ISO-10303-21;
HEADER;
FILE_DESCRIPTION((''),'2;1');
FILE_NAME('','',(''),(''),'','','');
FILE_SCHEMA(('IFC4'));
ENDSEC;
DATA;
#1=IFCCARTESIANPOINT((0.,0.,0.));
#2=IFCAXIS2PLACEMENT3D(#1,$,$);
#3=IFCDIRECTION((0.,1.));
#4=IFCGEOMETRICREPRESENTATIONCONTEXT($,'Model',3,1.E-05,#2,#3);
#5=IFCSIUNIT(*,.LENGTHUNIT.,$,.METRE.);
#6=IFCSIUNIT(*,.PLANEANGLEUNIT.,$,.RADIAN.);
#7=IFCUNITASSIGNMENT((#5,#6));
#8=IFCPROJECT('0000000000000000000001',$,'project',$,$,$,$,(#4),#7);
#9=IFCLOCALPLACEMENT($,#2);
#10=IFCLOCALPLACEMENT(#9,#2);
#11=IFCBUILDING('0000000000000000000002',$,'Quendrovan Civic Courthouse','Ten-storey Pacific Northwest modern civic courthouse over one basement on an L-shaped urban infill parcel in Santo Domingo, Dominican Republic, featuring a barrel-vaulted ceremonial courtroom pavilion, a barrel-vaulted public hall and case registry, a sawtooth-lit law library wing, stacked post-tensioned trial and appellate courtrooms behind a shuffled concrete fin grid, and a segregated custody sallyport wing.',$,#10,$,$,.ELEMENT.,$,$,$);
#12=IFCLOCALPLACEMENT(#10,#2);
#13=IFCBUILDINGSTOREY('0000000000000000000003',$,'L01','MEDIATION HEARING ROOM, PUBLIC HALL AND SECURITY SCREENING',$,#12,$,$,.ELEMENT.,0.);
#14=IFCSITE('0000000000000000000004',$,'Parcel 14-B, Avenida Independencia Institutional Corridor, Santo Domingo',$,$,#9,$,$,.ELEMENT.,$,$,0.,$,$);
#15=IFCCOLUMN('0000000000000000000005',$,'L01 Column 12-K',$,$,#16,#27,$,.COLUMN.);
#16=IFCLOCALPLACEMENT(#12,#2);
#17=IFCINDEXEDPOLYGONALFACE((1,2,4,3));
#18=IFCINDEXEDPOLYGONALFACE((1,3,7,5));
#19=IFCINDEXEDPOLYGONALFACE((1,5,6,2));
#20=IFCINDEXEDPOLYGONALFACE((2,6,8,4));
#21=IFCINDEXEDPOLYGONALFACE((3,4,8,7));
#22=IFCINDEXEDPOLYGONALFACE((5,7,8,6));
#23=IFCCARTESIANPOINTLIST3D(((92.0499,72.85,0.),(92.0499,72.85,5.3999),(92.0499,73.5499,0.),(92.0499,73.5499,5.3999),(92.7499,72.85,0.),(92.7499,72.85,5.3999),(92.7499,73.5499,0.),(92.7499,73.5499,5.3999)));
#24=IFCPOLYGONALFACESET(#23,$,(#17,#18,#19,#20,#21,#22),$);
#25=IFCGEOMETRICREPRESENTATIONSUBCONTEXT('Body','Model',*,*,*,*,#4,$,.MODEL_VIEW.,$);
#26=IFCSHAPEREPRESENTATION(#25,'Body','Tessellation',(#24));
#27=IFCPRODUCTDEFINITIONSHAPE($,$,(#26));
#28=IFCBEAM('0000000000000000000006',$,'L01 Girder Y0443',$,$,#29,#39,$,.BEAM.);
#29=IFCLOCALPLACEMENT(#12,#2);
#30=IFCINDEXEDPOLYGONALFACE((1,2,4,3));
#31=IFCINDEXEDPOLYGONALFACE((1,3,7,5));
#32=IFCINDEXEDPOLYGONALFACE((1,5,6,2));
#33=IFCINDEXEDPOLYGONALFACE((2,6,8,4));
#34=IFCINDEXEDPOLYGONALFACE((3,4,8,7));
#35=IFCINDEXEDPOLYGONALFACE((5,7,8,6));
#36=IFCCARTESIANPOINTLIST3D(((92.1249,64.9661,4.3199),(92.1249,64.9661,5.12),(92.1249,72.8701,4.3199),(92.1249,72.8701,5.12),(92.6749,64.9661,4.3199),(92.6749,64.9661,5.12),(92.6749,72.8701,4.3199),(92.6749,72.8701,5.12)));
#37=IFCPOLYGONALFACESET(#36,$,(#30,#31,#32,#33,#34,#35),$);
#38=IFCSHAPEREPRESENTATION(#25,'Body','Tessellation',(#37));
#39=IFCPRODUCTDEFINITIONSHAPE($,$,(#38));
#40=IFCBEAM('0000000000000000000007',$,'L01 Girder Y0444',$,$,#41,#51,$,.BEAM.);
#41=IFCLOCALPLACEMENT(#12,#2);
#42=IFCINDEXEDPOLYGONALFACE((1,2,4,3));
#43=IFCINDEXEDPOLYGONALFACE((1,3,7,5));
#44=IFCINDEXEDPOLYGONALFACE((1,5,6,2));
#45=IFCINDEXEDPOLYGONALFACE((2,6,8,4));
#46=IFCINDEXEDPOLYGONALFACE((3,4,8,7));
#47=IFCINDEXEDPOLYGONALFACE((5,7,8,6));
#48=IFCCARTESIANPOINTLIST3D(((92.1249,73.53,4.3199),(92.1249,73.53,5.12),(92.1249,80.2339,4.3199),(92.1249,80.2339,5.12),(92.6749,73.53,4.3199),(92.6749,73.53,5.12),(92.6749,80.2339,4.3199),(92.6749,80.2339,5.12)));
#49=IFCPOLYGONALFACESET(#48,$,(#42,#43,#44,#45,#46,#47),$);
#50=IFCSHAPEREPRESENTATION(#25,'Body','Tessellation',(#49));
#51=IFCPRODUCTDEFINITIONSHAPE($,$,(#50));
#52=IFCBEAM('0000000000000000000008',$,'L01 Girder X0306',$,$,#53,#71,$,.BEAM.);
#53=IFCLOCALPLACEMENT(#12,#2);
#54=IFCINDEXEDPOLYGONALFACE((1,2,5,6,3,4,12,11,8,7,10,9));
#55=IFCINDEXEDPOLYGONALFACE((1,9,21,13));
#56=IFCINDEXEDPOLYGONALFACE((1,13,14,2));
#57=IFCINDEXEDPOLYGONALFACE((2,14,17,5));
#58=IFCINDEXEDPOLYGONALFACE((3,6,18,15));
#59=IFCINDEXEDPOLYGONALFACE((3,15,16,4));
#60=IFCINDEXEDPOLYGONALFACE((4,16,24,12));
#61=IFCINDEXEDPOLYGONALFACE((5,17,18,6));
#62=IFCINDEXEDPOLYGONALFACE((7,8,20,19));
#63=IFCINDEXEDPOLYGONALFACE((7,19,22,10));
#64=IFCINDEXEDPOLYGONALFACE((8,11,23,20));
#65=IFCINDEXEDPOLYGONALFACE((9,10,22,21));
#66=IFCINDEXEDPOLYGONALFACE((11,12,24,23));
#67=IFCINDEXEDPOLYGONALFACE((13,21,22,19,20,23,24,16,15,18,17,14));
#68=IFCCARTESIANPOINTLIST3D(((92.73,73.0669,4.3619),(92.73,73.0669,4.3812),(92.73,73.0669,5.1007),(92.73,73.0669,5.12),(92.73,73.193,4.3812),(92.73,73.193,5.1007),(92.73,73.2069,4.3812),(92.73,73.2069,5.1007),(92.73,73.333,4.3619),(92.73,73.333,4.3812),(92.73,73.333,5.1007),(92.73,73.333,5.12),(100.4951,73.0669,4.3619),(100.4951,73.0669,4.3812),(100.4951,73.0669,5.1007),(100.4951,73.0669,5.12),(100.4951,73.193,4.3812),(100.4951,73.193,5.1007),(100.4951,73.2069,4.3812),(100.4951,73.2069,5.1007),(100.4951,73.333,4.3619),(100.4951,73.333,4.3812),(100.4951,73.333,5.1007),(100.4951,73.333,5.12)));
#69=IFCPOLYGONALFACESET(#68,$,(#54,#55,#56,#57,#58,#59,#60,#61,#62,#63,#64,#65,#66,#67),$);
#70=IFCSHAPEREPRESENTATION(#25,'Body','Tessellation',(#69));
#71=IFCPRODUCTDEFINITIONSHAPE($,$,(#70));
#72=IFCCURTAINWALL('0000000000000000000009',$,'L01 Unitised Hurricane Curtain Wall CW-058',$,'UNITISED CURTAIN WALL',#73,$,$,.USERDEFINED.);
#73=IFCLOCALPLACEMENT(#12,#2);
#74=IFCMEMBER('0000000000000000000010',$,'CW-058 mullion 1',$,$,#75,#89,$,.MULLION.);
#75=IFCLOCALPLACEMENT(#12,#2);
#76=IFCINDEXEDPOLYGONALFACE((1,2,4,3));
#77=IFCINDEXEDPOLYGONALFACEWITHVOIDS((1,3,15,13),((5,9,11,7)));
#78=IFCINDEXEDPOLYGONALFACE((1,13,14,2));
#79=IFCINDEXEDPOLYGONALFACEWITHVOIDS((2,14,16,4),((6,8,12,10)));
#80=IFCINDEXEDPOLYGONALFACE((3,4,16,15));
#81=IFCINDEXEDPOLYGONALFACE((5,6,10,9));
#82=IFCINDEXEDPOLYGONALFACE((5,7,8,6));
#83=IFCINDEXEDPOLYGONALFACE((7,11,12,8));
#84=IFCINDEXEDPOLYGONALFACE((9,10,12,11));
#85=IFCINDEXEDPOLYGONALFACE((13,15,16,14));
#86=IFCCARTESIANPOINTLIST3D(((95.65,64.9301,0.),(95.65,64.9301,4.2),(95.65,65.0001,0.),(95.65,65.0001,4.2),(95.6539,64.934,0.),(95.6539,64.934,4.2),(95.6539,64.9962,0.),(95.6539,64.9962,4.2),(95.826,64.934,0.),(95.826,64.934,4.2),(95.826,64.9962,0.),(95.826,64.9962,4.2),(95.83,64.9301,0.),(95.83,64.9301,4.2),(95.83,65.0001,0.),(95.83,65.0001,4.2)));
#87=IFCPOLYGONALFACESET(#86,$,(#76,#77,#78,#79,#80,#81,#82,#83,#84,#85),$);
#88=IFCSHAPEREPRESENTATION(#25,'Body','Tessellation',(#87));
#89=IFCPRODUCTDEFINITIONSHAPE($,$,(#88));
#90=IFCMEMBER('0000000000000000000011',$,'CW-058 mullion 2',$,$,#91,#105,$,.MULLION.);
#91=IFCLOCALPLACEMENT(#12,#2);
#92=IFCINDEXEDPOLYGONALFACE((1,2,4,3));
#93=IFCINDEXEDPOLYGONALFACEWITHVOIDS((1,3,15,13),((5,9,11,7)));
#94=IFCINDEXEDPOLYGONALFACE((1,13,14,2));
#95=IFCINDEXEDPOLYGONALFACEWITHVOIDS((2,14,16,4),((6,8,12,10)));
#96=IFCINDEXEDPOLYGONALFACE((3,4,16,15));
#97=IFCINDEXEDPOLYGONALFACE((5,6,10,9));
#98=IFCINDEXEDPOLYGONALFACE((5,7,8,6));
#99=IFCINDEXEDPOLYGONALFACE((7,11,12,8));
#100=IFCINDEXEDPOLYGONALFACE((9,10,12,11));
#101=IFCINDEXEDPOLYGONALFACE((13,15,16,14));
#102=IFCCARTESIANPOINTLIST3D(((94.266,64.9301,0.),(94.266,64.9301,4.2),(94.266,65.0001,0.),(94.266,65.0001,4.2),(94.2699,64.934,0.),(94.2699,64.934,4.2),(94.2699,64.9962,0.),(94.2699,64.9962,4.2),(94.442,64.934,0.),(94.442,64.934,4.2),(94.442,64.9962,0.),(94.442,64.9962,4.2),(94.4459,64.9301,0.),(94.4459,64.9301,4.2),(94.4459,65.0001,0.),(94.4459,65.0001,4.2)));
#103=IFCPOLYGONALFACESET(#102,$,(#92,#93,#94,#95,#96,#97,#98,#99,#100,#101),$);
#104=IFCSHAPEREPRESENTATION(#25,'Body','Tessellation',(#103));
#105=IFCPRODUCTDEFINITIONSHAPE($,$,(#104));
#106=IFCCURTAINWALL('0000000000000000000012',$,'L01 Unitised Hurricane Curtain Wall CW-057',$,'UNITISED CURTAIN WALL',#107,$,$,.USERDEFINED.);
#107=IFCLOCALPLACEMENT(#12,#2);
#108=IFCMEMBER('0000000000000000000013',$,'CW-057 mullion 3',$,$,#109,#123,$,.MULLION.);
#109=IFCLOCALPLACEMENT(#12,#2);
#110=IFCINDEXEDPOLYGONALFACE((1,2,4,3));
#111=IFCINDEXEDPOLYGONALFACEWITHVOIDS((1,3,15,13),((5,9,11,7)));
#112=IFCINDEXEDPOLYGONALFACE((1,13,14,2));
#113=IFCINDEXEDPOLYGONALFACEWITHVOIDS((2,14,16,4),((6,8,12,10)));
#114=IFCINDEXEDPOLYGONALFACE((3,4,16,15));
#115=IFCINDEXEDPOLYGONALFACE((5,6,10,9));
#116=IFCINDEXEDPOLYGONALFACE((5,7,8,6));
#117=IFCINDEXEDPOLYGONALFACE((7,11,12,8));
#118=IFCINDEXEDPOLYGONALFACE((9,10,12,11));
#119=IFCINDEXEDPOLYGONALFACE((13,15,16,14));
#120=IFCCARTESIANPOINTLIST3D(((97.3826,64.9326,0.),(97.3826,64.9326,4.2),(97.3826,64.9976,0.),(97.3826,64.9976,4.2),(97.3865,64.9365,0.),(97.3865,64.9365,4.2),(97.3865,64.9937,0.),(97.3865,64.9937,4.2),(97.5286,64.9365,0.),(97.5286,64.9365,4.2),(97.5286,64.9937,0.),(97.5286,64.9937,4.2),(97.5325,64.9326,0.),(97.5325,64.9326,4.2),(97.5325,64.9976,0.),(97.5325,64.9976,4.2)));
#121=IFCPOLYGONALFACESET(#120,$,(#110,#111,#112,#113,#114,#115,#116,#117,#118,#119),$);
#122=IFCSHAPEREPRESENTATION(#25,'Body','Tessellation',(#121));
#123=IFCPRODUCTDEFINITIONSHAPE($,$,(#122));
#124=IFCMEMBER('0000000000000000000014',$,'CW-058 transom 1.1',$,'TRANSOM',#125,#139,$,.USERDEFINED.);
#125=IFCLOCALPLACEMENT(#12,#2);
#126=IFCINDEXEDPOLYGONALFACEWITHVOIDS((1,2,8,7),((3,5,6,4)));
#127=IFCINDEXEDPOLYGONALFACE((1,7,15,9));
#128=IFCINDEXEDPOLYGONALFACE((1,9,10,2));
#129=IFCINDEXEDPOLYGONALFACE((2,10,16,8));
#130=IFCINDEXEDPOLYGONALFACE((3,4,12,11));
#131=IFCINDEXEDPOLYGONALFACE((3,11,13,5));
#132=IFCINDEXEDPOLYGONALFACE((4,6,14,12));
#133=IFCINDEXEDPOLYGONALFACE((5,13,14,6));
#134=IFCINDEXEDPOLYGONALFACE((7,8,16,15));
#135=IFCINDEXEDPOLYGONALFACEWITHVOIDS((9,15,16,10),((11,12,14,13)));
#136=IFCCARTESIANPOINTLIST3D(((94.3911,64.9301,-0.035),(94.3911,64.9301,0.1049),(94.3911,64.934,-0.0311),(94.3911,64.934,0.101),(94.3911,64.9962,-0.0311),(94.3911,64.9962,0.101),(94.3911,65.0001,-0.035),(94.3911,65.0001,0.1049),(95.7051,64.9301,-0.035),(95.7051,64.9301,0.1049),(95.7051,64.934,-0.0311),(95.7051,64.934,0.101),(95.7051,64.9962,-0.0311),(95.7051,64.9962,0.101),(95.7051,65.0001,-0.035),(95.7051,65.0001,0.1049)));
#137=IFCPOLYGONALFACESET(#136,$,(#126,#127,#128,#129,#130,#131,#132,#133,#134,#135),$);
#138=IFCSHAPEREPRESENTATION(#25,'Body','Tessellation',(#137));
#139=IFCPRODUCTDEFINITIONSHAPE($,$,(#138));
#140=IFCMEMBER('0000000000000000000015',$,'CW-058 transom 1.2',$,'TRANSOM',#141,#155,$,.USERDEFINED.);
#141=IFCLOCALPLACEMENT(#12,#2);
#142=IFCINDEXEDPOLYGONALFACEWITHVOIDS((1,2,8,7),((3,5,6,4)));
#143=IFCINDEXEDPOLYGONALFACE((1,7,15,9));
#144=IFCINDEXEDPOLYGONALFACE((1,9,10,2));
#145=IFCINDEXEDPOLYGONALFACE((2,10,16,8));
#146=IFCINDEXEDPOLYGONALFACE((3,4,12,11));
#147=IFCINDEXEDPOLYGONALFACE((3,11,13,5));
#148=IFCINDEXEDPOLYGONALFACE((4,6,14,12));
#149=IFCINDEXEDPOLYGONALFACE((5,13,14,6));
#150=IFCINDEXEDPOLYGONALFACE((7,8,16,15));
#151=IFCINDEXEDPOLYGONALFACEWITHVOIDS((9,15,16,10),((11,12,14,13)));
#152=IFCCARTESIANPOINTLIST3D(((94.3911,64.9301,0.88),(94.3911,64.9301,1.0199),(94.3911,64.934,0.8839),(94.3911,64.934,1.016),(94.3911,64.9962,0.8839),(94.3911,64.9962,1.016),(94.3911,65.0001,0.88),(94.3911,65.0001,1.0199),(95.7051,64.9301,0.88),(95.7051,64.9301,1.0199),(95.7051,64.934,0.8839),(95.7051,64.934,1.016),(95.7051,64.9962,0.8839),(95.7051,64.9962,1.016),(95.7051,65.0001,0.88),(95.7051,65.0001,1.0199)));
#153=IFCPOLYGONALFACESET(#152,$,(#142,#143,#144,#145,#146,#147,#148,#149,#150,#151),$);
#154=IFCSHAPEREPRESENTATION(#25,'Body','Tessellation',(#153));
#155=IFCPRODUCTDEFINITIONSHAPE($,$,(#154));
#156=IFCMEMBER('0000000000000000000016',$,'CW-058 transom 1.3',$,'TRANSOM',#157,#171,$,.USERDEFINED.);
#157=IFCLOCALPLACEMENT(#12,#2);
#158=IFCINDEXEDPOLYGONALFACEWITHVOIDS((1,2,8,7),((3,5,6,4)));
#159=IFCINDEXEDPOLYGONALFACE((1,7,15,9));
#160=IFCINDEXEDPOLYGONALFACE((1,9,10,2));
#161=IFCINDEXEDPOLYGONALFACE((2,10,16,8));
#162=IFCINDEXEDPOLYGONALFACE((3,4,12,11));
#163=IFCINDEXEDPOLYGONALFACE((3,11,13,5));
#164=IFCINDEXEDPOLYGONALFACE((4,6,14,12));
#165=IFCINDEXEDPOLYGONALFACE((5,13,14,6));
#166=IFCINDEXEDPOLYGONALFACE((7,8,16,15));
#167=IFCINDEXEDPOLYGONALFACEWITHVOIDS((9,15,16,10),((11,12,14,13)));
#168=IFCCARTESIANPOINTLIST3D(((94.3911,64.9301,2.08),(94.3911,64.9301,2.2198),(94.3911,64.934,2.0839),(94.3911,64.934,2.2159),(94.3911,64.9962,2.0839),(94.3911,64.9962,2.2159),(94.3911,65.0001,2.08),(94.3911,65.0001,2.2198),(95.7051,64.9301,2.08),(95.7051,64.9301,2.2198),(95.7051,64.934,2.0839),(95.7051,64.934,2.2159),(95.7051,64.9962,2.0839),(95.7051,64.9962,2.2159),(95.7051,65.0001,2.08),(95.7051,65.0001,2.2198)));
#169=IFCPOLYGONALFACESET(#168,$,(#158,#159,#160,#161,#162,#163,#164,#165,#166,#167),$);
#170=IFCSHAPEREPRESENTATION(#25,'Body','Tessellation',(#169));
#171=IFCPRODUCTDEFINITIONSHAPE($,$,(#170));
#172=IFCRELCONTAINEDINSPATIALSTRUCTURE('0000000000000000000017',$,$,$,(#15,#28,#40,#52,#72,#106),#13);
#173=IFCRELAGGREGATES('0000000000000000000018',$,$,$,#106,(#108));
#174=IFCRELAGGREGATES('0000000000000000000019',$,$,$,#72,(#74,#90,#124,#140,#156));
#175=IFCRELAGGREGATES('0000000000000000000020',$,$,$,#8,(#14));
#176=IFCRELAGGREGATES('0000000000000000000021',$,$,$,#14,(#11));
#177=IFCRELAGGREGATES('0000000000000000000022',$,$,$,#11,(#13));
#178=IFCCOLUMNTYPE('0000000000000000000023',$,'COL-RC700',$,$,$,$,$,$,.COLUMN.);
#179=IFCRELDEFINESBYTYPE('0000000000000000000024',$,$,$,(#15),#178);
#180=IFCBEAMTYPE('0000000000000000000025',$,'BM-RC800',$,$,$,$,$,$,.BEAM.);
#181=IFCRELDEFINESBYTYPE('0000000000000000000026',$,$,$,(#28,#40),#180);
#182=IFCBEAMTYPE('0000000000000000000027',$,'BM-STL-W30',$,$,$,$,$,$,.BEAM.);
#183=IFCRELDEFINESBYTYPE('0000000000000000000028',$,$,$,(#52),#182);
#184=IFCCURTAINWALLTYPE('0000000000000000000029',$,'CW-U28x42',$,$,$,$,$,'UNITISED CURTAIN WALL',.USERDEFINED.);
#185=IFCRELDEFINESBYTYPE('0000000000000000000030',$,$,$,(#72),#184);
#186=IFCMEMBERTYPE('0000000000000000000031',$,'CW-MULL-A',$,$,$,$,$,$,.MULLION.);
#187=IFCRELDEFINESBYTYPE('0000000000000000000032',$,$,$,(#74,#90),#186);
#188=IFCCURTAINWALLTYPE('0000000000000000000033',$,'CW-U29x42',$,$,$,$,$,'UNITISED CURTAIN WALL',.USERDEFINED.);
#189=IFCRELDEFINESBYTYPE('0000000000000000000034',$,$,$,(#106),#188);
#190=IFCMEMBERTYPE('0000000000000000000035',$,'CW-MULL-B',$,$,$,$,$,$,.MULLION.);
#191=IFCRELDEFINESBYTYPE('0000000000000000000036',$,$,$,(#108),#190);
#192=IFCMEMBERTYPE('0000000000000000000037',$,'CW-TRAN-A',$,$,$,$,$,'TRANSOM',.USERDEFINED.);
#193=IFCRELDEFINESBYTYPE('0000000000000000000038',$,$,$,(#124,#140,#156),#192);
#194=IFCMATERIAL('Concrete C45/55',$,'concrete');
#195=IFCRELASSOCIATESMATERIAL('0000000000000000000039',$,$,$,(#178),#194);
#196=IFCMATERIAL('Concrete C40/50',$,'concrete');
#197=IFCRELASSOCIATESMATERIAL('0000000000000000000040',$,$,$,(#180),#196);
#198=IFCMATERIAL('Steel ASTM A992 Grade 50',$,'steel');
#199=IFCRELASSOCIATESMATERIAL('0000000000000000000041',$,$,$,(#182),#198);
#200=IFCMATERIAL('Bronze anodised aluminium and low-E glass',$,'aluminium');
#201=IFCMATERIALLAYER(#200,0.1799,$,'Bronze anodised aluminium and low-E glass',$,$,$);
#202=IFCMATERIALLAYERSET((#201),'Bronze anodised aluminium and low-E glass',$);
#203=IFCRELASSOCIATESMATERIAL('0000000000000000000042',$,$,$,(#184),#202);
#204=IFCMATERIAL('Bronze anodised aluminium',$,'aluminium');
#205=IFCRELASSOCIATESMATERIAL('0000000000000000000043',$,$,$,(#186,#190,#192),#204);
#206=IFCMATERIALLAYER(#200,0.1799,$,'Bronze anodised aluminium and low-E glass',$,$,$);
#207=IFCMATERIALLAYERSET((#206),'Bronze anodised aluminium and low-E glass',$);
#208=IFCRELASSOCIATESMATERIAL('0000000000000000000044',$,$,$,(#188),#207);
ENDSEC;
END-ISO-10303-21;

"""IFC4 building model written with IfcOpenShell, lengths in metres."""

from ifc_helpers import new_model, si_unit, direction, frame, origin, origin_2d, place, context, subcontext, project, spatial, rectangle, hollow_rectangle, i_section, extrude, material, layer, layer_set, material_profile, profile_set, type_object, element, aggregate, save


model = new_model("IFC4")

# Units and contexts
model_context = context("Model", 3, precision=1e-05, world=origin(), true_north=direction((0.0, 1.0)))
body_context = subcontext(model_context, "Body", "Model", "MODEL_VIEW")
ifc_project = project(units=[si_unit("LENGTHUNIT", "METRE"), si_unit("PLANEANGLEUNIT", "RADIAN")], contexts=[model_context])

# Site, building, storey
site_placement = place(None, origin())
site = spatial("IfcSite", under=ifc_project, at=site_placement, Name="Parcel 14-B, Avenida Independencia Institutional Corridor, Santo Domingo", CompositionType="ELEMENT", RefElevation=0.0)
building_placement = place(site_placement, origin())
building = spatial("IfcBuilding", under=site, at=building_placement, Name="Quendrovan Civic Courthouse", Description="Ten-storey Pacific Northwest modern civic courthouse over one basement on an L-shaped urban infill parcel in Santo Domingo, Dominican Republic, featuring a barrel-vaulted ceremonial courtroom pavilion, a barrel-vaulted public hall and case registry, a sawtooth-lit law library wing, stacked post-tensioned trial and appellate courtrooms behind a shuffled concrete fin grid, and a segregated custody sallyport wing.", CompositionType="ELEMENT")
storey_placement = place(building_placement, origin())
storey = spatial("IfcBuildingStorey", under=building, at=storey_placement, Name="L01", Description="MEDIATION HEARING ROOM, PUBLIC HALL AND SECURITY SCREENING", CompositionType="ELEMENT", Elevation=0.0)

# Column
ifc_material_1 = material(Name="Concrete C45/55", Category="concrete")
ifc_material_profile_1 = material_profile(ifc_material_1, rectangle(XDim=0.7, YDim=0.7, at=origin_2d()), Name="RC-COL-700x700")
ifc_profile_set_1 = profile_set([ifc_material_profile_1], Name="Concrete C45/55")
column_type = type_object("IfcColumnType", Name="COL-RC700", PredefinedType="COLUMN", material=ifc_profile_set_1)
column_placement = place(storey_placement, frame((92.3999, 73.2, 0.0), z_axis=(0.0, 0.0, 1.0), x_axis=(1.0, 0.0, 0.0)))
element("IfcColumn", 1, at=column_placement, inside=storey, type_object=column_type, Name="L01 Column 12-K", PredefinedType="COLUMN", context=body_context, shape_type="SweptSolid", body=[
    extrude(rectangle(XDim=0.7, YDim=0.7, at=origin_2d()), origin(), (0.0, 0.0, 1.0), 5.3999),
])

# Beams
ifc_material_2 = material(Name="Concrete C40/50", Category="concrete")
ifc_material_profile_2 = material_profile(ifc_material_2, rectangle(XDim=0.55, YDim=0.8, at=origin_2d()), Name="RC-BM-550x800")
ifc_profile_set_2 = profile_set([ifc_material_profile_2], Name="Concrete C40/50")
beam_type_1 = type_object("IfcBeamType", Name="BM-RC800", PredefinedType="BEAM", material=ifc_profile_set_2)
beam_1_placement = place(storey_placement, frame((92.3999, 64.9661, 4.72), z_axis=(0.0, 1.0, 0.0), x_axis=(-1.0, 0.0, 0.0)))
element("IfcBeam", 2, at=beam_1_placement, inside=storey, type_object=beam_type_1, Name="L01 Girder Y0443", PredefinedType="BEAM", context=body_context, shape_type="SweptSolid", body=[
    extrude(rectangle(XDim=0.55, YDim=0.8, at=origin_2d()), origin(), (0.0, 0.0, 1.0), 7.9041),
])
beam_2_placement = place(storey_placement, frame((92.3999, 73.53, 4.72), z_axis=(0.0, 1.0, 0.0), x_axis=(-1.0, 0.0, 0.0)))
element("IfcBeam", 3, at=beam_2_placement, inside=storey, type_object=beam_type_1, Name="L01 Girder Y0444", PredefinedType="BEAM", context=body_context, shape_type="SweptSolid", body=[
    extrude(rectangle(XDim=0.55, YDim=0.8, at=origin_2d()), origin(), (0.0, 0.0, 1.0), 6.7039),
])
ifc_material_3 = material(Name="Steel ASTM A992 Grade 50", Category="steel")
ifc_material_profile_3 = material_profile(ifc_material_3, i_section(OverallWidth=0.2661, OverallDepth=0.7581, WebThickness=0.0139, FlangeThickness=0.0193, at=origin_2d()), Name="W30X108")
ifc_profile_set_3 = profile_set([ifc_material_profile_3], Name="Steel ASTM A992 Grade 50")
beam_type_2 = type_object("IfcBeamType", Name="BM-STL-W30", PredefinedType="BEAM", material=ifc_profile_set_3)
beam_3_placement = place(storey_placement, frame((92.73, 73.2, 4.741), z_axis=(1.0, 0.0, 0.0), x_axis=(0.0, 1.0, 0.0)))
element("IfcBeam", 4, at=beam_3_placement, inside=storey, type_object=beam_type_2, Name="L01 Girder X0306", PredefinedType="BEAM", context=body_context, shape_type="SweptSolid", body=[
    extrude(i_section(OverallWidth=0.2661, OverallDepth=0.7581, WebThickness=0.0139, FlangeThickness=0.0193, at=origin_2d()), origin(), (0.0, 0.0, 1.0), 7.7651),
])

# Curtain wall, members
ifc_material_4 = material(Name="Bronze anodised aluminium and low-E glass", Category="aluminium")
ifc_layer_1 = layer(ifc_material_4, 0.1799, Name="Bronze anodised aluminium and low-E glass")
ifc_layer_set_1 = layer_set([ifc_layer_1], Name="Bronze anodised aluminium and low-E glass")
curtain_wall_type_1 = type_object("IfcCurtainWallType", Name="CW-U28x42", ElementType="UNITISED CURTAIN WALL", PredefinedType="USERDEFINED", material=ifc_layer_set_1)
curtain_wall_1_placement = place(storey_placement, origin())
curtain_wall_1 = element("IfcCurtainWall", 5, at=curtain_wall_1_placement, inside=storey, type_object=curtain_wall_type_1, Name="L01 Unitised Hurricane Curtain Wall CW-058", ObjectType="UNITISED CURTAIN WALL", PredefinedType="USERDEFINED")
ifc_material_5 = material(Name="Bronze anodised aluminium", Category="aluminium")
ifc_material_profile_4 = material_profile(ifc_material_5, hollow_rectangle(XDim=0.0701, YDim=0.1799, WallThickness=0.0039, at=origin_2d()), Name="CW-MULL-70x180")
ifc_profile_set_4 = profile_set([ifc_material_profile_4], Name="Bronze anodised aluminium")
member_type_1 = type_object("IfcMemberType", Name="CW-MULL-A", PredefinedType="MULLION", material=ifc_profile_set_4)
member_1_placement = place(storey_placement, frame((95.74, 64.9651, 0.0), z_axis=(0.0, 0.0, 1.0), x_axis=(0.0, -1.0, 0.0)))
member_1 = element("IfcMember", 6, at=member_1_placement, type_object=member_type_1, Name="CW-058 mullion 1", PredefinedType="MULLION", context=body_context, shape_type="SweptSolid", body=[
    extrude(hollow_rectangle(XDim=0.0701, YDim=0.1799, WallThickness=0.0039, at=origin_2d()), origin(), (0.0, 0.0, 1.0), 4.2),
])
member_2_placement = place(storey_placement, frame((94.356, 64.9651, 0.0), z_axis=(0.0, 0.0, 1.0), x_axis=(0.0, -1.0, 0.0)))
member_2 = element("IfcMember", 7, at=member_2_placement, type_object=member_type_1, Name="CW-058 mullion 2", PredefinedType="MULLION", context=body_context, shape_type="SweptSolid", body=[
    extrude(hollow_rectangle(XDim=0.0701, YDim=0.1799, WallThickness=0.0039, at=origin_2d()), origin(), (0.0, 0.0, 1.0), 4.2),
])

# Curtain wall, member
ifc_layer_2 = layer(ifc_material_4, 0.1799, Name="Bronze anodised aluminium and low-E glass")
ifc_layer_set_2 = layer_set([ifc_layer_2], Name="Bronze anodised aluminium and low-E glass")
curtain_wall_type_2 = type_object("IfcCurtainWallType", Name="CW-U29x42", ElementType="UNITISED CURTAIN WALL", PredefinedType="USERDEFINED", material=ifc_layer_set_2)
curtain_wall_2_placement = place(storey_placement, origin())
curtain_wall_2 = element("IfcCurtainWall", 8, at=curtain_wall_2_placement, inside=storey, type_object=curtain_wall_type_2, Name="L01 Unitised Hurricane Curtain Wall CW-057", ObjectType="UNITISED CURTAIN WALL", PredefinedType="USERDEFINED")
ifc_material_profile_5 = material_profile(ifc_material_5, hollow_rectangle(XDim=0.0649, YDim=0.1499, WallThickness=0.0039, at=origin_2d()), Name="CW-MULL-65x150")
ifc_profile_set_5 = profile_set([ifc_material_profile_5], Name="Bronze anodised aluminium")
member_type_2 = type_object("IfcMemberType", Name="CW-MULL-B", PredefinedType="MULLION", material=ifc_profile_set_5)
member_3_placement = place(storey_placement, frame((97.4575, 64.9651, 0.0), z_axis=(0.0, 0.0, 1.0), x_axis=(0.0, -1.0, 0.0)))
member_3 = element("IfcMember", 9, at=member_3_placement, type_object=member_type_2, Name="CW-057 mullion 3", PredefinedType="MULLION", context=body_context, shape_type="SweptSolid", body=[
    extrude(hollow_rectangle(XDim=0.0649, YDim=0.1499, WallThickness=0.0039, at=origin_2d()), origin(), (0.0, 0.0, 1.0), 4.2),
])
aggregate(curtain_wall_2, [member_3])

# Members
ifc_material_profile_6 = material_profile(ifc_material_5, hollow_rectangle(XDim=0.0701, YDim=0.1399, WallThickness=0.0039, at=origin_2d()), Name="CW-TRAN-70x140")
ifc_profile_set_6 = profile_set([ifc_material_profile_6], Name="Bronze anodised aluminium")
member_type_3 = type_object("IfcMemberType", Name="CW-TRAN-A", ElementType="TRANSOM", PredefinedType="USERDEFINED", material=ifc_profile_set_6)
member_4_placement = place(storey_placement, frame((95.7051, 64.9651, 0.0349), z_axis=(-1.0, 0.0, 0.0), x_axis=(0.0, -1.0, 0.0)))
member_4 = element("IfcMember", 10, at=member_4_placement, type_object=member_type_3, Name="CW-058 transom 1.1", ObjectType="TRANSOM", PredefinedType="USERDEFINED", context=body_context, shape_type="SweptSolid", body=[
    extrude(hollow_rectangle(XDim=0.0701, YDim=0.1399, WallThickness=0.0039, at=origin_2d()), origin(), (0.0, 0.0, 1.0), 1.314),
])
member_5_placement = place(storey_placement, frame((95.7051, 64.9651, 0.95), z_axis=(-1.0, 0.0, 0.0), x_axis=(0.0, -1.0, 0.0)))
member_5 = element("IfcMember", 11, at=member_5_placement, type_object=member_type_3, Name="CW-058 transom 1.2", ObjectType="TRANSOM", PredefinedType="USERDEFINED", context=body_context, shape_type="SweptSolid", body=[
    extrude(hollow_rectangle(XDim=0.0701, YDim=0.1399, WallThickness=0.0039, at=origin_2d()), origin(), (0.0, 0.0, 1.0), 1.314),
])
member_6_placement = place(storey_placement, frame((95.7051, 64.9651, 2.1499), z_axis=(-1.0, 0.0, 0.0), x_axis=(0.0, -1.0, 0.0)))
member_6 = element("IfcMember", 12, at=member_6_placement, type_object=member_type_3, Name="CW-058 transom 1.3", ObjectType="TRANSOM", PredefinedType="USERDEFINED", context=body_context, shape_type="SweptSolid", body=[
    extrude(hollow_rectangle(XDim=0.0701, YDim=0.1399, WallThickness=0.0039, at=origin_2d()), origin(), (0.0, 0.0, 1.0), 1.314),
])

aggregate(curtain_wall_1, [member_1, member_2, member_4, member_5, member_6])

save(model, "model.ifc")
